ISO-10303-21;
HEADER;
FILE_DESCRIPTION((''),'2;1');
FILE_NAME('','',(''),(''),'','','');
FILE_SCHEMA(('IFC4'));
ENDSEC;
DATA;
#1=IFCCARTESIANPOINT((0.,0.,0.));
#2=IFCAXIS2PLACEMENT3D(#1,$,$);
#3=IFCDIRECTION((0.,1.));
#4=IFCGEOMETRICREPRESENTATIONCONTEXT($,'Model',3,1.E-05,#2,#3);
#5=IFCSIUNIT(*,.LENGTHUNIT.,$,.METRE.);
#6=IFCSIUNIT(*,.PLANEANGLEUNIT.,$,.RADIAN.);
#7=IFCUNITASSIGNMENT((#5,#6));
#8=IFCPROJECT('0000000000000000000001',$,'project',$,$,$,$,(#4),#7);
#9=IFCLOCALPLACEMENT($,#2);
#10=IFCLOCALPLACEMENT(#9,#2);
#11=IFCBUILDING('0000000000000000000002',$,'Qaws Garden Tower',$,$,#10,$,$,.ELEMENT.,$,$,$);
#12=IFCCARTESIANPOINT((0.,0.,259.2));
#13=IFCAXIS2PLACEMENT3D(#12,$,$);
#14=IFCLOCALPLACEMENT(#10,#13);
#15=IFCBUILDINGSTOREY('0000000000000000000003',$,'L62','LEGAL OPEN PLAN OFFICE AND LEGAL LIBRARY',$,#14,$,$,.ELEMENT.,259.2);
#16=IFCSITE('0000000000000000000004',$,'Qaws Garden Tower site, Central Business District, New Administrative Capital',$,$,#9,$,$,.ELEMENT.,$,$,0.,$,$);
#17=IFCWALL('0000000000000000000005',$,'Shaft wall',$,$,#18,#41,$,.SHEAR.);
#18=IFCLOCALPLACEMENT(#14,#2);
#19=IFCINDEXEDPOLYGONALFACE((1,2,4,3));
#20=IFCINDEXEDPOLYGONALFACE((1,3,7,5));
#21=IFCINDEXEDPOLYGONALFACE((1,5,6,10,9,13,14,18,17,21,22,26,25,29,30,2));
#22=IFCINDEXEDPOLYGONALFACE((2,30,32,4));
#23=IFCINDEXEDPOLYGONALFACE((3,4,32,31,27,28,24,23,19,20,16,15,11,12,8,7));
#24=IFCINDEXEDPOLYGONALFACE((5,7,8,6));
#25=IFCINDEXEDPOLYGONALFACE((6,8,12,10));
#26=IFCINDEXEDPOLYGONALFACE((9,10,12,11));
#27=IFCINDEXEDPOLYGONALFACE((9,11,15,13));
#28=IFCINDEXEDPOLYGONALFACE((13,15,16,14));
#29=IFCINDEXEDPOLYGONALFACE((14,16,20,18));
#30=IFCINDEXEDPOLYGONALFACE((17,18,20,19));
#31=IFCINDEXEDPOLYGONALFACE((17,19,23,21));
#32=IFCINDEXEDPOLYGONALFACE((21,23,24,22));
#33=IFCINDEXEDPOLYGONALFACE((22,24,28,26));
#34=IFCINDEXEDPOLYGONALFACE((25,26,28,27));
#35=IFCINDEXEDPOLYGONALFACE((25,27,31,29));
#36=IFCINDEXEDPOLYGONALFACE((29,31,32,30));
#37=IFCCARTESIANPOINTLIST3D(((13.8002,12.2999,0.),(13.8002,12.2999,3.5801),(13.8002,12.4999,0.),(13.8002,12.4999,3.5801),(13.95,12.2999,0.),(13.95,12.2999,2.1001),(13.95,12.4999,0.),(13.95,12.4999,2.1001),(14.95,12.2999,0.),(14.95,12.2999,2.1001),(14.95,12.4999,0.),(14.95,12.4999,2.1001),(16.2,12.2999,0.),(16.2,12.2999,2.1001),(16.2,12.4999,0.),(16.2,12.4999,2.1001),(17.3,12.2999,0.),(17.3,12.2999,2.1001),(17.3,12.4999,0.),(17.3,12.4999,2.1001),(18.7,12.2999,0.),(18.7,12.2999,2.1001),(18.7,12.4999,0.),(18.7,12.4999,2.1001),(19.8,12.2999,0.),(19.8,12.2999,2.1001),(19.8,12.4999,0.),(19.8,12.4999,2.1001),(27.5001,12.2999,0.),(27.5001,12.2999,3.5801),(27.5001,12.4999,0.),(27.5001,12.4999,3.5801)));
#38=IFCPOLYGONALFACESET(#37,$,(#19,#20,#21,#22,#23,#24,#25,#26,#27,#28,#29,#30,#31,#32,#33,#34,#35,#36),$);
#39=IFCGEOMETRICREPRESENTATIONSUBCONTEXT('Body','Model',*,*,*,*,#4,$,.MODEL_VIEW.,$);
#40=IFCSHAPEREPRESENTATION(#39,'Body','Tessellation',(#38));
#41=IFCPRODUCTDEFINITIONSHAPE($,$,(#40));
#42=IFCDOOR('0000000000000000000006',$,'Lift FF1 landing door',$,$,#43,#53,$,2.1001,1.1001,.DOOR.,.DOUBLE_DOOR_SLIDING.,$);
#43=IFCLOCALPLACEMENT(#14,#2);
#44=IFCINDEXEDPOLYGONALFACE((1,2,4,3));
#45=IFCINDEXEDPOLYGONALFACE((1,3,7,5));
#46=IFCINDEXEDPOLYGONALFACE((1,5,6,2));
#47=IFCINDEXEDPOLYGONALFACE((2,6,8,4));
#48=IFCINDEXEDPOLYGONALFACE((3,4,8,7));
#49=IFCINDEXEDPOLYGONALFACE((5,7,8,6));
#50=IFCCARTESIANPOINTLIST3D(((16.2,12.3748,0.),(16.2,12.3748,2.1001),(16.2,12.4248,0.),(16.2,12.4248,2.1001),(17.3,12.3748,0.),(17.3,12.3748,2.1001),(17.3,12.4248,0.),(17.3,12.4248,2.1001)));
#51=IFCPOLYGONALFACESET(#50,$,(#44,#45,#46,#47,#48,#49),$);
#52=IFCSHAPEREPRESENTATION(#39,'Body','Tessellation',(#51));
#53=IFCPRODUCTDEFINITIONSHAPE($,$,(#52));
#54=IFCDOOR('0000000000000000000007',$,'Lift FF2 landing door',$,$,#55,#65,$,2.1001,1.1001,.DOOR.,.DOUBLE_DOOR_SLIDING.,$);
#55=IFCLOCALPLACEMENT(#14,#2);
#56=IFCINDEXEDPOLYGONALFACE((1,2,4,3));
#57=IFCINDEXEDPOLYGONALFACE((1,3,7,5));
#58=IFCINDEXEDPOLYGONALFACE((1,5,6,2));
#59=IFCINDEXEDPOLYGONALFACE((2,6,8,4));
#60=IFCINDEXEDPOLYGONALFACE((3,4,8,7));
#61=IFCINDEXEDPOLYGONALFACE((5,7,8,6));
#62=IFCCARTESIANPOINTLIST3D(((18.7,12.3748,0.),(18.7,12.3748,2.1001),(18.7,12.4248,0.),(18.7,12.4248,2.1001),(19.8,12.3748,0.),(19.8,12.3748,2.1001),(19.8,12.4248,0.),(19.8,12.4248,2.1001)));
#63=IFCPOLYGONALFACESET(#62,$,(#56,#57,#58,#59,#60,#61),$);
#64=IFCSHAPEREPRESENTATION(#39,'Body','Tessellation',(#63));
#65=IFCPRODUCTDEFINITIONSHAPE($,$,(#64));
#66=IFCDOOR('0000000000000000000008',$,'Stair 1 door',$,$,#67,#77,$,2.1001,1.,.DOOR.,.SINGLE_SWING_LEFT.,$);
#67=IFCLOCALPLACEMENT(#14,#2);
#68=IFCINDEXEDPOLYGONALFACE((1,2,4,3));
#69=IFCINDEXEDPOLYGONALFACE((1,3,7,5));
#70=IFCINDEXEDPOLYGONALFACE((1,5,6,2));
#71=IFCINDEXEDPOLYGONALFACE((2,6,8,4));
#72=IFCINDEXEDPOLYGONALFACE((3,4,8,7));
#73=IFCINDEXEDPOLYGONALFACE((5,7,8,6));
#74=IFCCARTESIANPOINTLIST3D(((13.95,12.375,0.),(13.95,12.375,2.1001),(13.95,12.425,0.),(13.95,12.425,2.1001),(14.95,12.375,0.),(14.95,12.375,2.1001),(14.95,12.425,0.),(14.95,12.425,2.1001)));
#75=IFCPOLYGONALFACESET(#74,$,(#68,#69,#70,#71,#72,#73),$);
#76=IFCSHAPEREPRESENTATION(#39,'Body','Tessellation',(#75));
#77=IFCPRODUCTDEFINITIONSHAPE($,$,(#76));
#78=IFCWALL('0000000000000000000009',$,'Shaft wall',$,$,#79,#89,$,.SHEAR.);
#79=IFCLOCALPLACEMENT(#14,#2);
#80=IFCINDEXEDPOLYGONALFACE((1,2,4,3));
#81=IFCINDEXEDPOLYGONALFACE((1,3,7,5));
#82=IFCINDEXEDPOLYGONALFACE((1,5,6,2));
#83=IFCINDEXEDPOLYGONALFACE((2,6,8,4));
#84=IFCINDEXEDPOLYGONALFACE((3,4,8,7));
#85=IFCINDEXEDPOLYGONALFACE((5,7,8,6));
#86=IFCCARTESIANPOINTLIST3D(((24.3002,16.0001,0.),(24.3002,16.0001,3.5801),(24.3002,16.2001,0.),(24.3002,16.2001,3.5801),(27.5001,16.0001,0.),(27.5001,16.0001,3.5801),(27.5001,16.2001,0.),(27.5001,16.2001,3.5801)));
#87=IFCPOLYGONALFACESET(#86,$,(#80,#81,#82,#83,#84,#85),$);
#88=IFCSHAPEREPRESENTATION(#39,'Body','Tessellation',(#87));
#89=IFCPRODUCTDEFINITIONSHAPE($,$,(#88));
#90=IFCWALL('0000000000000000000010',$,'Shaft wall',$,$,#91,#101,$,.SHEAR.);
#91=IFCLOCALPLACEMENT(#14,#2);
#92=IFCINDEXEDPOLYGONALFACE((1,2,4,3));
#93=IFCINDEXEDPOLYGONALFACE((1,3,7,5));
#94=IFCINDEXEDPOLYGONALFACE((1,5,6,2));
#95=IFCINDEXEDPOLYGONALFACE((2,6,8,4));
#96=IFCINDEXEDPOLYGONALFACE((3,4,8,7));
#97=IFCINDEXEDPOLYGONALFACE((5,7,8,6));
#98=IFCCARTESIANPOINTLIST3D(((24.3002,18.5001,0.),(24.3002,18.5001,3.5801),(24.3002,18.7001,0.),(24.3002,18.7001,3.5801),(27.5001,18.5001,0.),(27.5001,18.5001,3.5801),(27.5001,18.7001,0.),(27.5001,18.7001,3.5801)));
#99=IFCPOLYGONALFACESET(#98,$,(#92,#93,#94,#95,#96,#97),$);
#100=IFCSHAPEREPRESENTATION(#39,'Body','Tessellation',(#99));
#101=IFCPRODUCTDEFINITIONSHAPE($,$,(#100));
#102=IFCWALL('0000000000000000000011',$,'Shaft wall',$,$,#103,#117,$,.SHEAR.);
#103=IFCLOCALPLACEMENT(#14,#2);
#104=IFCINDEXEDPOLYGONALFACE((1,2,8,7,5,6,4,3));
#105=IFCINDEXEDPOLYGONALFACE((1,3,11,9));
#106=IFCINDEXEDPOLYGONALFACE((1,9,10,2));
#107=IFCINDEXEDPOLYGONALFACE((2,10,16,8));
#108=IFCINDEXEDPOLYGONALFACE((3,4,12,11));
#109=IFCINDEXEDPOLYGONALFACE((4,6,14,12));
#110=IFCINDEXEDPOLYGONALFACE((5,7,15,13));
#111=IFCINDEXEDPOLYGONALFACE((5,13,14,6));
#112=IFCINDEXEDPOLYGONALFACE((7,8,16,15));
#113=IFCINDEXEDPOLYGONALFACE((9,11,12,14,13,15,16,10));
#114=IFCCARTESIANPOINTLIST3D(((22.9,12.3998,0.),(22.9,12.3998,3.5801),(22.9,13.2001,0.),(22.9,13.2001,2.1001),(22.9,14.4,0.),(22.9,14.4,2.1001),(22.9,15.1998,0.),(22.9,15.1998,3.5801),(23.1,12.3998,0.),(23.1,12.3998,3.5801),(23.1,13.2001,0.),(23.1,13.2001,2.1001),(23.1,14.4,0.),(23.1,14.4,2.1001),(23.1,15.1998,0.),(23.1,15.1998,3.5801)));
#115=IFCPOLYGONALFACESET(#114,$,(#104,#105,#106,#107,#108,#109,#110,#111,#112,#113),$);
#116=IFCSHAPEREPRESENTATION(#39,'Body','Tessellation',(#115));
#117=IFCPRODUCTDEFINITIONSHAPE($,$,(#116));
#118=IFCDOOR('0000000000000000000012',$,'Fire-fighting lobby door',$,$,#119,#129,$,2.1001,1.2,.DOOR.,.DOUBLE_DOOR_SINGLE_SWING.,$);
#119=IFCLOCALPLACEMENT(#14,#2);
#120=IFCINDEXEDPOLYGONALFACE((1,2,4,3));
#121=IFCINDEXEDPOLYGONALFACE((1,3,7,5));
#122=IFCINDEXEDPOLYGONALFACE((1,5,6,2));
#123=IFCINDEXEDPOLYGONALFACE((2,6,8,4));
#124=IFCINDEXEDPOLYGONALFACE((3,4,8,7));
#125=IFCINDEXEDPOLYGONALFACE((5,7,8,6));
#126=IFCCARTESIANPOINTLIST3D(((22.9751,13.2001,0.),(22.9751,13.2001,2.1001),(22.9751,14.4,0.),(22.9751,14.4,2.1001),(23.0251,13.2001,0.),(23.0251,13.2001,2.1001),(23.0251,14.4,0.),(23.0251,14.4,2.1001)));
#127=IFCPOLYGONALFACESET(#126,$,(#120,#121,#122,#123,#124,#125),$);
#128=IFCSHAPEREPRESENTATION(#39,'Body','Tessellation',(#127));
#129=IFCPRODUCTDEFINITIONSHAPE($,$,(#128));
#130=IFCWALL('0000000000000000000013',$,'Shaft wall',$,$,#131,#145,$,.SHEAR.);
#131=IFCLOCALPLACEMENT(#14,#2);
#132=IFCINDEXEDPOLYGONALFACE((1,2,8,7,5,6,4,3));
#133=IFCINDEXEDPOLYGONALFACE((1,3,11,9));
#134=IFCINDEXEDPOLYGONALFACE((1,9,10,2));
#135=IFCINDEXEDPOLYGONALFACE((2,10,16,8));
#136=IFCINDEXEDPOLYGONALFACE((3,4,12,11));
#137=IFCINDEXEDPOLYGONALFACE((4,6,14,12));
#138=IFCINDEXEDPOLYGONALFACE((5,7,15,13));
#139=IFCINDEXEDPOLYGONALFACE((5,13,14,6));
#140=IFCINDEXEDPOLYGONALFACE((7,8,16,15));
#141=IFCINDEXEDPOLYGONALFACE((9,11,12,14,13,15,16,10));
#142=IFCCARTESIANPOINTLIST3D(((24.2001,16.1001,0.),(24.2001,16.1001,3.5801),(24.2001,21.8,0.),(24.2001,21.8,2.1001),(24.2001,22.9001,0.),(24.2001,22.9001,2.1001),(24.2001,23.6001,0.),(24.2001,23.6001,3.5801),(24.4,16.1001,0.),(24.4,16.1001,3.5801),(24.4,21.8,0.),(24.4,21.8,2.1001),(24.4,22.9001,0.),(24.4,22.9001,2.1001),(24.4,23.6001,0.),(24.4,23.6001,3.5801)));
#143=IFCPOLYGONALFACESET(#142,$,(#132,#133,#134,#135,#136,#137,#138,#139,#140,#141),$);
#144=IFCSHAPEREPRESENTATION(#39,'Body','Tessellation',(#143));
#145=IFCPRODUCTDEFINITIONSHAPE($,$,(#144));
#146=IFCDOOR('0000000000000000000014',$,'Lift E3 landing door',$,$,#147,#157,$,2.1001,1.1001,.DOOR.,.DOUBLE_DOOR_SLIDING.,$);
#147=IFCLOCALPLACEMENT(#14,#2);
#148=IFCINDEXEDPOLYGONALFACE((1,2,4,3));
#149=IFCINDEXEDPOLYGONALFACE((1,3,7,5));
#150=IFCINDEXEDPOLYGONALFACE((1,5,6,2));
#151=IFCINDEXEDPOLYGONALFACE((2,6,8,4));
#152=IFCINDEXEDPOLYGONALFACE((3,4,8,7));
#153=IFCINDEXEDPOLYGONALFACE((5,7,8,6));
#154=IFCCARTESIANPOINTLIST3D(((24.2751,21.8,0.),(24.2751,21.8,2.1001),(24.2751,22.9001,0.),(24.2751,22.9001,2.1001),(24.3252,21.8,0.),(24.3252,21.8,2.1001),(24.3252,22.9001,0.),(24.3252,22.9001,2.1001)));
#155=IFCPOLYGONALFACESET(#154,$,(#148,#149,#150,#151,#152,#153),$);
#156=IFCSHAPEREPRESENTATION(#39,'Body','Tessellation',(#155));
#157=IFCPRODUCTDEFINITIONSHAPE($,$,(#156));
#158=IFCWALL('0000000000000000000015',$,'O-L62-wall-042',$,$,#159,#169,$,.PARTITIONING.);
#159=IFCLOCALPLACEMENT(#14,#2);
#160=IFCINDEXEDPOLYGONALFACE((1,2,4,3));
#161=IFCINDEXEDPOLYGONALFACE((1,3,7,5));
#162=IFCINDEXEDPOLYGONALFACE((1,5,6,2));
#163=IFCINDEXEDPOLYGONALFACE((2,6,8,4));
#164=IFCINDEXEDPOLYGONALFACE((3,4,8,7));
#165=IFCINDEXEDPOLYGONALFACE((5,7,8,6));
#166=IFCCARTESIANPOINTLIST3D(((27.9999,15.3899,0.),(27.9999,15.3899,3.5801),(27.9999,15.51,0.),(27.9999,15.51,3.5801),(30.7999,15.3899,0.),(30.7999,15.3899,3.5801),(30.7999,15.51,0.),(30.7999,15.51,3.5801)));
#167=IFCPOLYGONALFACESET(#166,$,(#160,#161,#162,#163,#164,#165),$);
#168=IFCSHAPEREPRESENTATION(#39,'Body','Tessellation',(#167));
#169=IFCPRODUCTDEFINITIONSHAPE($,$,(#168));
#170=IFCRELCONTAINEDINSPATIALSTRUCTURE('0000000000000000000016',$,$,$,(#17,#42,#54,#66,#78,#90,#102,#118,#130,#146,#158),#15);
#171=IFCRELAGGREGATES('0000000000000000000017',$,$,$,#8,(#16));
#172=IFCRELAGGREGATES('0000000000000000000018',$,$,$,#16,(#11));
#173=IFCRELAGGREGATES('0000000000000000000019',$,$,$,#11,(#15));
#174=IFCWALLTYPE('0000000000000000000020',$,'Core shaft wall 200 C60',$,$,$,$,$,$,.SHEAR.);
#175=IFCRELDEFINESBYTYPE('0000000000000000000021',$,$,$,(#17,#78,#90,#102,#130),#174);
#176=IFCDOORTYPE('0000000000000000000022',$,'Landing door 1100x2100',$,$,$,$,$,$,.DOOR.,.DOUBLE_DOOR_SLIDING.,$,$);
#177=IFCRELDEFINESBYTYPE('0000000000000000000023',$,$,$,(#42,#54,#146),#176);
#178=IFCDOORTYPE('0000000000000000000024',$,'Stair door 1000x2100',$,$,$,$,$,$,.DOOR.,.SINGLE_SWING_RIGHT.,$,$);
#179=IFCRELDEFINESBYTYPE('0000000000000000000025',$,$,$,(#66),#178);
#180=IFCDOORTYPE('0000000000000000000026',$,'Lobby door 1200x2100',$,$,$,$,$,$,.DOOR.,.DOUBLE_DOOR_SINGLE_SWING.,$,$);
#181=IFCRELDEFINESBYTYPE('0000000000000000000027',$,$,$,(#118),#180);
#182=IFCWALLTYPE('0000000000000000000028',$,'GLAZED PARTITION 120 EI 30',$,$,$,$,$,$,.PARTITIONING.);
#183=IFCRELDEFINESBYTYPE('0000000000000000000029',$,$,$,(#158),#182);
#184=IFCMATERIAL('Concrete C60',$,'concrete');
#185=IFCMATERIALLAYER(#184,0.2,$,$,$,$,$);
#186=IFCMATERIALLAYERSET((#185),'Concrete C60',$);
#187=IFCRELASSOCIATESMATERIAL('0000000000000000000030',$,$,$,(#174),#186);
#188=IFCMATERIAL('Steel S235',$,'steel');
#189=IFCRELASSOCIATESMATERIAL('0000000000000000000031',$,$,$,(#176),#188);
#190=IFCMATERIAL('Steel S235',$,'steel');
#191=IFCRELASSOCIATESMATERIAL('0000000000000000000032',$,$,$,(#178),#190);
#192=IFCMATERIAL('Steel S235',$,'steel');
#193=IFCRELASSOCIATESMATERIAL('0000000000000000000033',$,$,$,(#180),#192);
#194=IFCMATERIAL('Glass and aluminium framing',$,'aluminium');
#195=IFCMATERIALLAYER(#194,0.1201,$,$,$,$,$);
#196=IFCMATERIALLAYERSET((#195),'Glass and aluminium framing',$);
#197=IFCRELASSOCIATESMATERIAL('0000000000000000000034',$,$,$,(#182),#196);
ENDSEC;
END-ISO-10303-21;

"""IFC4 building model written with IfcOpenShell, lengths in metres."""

from ifc_helpers import new_model, si_unit, direction, frame, frame_2d, origin, place, context, subcontext, project, spatial, rectangle, extrude, material, layer, layer_set, type_object, element, fill, save


model = new_model("IFC4")

# Units and contexts
model_context = context("Model", 3, precision=1e-05, world=origin(), true_north=direction((0.0, 1.0)))
body_context = subcontext(model_context, "Body", "Model", "MODEL_VIEW")
ifc_project = project(units=[si_unit("LENGTHUNIT", "METRE"), si_unit("PLANEANGLEUNIT", "RADIAN")], contexts=[model_context])

# Site, building, storey
site_placement = place(None, origin())
site = spatial("IfcSite", under=ifc_project, at=site_placement, Name="Qaws Garden Tower site, Central Business District, New Administrative Capital", CompositionType="ELEMENT", RefElevation=0.0)
building_placement = place(site_placement, origin())
building = spatial("IfcBuilding", under=site, at=building_placement, Name="Qaws Garden Tower", CompositionType="ELEMENT")
storey_placement = place(building_placement, frame((0.0, 0.0, 259.2)))
storey = spatial("IfcBuildingStorey", under=building, at=storey_placement, Name="L62", Description="LEGAL OPEN PLAN OFFICE AND LEGAL LIBRARY", CompositionType="ELEMENT", Elevation=259.2)

# Wall, openings, doors
ifc_material_1 = material(Name="Concrete C60", Category="concrete")
ifc_layer_1 = layer(ifc_material_1, 0.2)
ifc_layer_set_1 = layer_set([ifc_layer_1], Name="Concrete C60")
wall_type_1 = type_object("IfcWallType", Name="Core shaft wall 200 C60", PredefinedType="SHEAR", material=ifc_layer_set_1)
wall_1_placement = place(storey_placement, frame((13.8, 12.3999, 0.0), z_axis=(0.0, 0.0, 1.0), x_axis=(1.0, 0.0, 0.0)))
wall_1 = element("IfcWall", 1, at=wall_1_placement, inside=storey, type_object=wall_type_1, Name="Shaft wall", PredefinedType="SHEAR", context=body_context, shape_type="SweptSolid", body=[
    extrude(rectangle(XDim=13.7, YDim=0.2, at=frame_2d((6.8501, 0.0))), origin(), (0.0, 0.0, 1.0), 3.5801),
])
opening_1_placement = place(wall_1_placement, frame((2.3999, 0.0, 0.0)))
opening_1 = element("IfcOpeningElement", 2, at=opening_1_placement, cuts=wall_1, PredefinedType="OPENING", context=body_context, shape_type="SweptSolid", body=[
    extrude(rectangle(XDim=1.1001, YDim=2.1001, at=frame_2d((0.55, 1.05))), frame((0.0, 0.1099, 0.0), z_axis=(0.0, -1.0, 0.0), x_axis=(1.0, 0.0, 0.0)), (0.0, 0.0, 1.0), 0.22),
])
opening_2_placement = place(wall_1_placement, frame((4.8999, 0.0, 0.0)))
opening_2 = element("IfcOpeningElement", 3, at=opening_2_placement, cuts=wall_1, PredefinedType="OPENING", context=body_context, shape_type="SweptSolid", body=[
    extrude(rectangle(XDim=1.1001, YDim=2.1001, at=frame_2d((0.55, 1.05))), frame((0.0, 0.1099, 0.0), z_axis=(0.0, -1.0, 0.0), x_axis=(1.0, 0.0, 0.0)), (0.0, 0.0, 1.0), 0.22),
])
opening_3_placement = place(wall_1_placement, frame((0.1499, 0.0, 0.0)))
opening_3 = element("IfcOpeningElement", 4, at=opening_3_placement, cuts=wall_1, PredefinedType="OPENING", context=body_context, shape_type="SweptSolid", body=[
    extrude(rectangle(XDim=1.0, YDim=2.1001, at=frame_2d((0.5, 1.05))), frame((0.0, 0.1099, 0.0), z_axis=(0.0, -1.0, 0.0), x_axis=(1.0, 0.0, 0.0)), (0.0, 0.0, 1.0), 0.22),
])
ifc_material_2 = material(Name="Steel S235", Category="steel")
door_type_1 = type_object("IfcDoorType", Name="Landing door 1100x2100", OperationType="DOUBLE_DOOR_SLIDING", PredefinedType="DOOR", material=ifc_material_2)
door_1_placement = place(opening_1_placement, origin())
door_1 = element("IfcDoor", 5, at=door_1_placement, inside=storey, type_object=door_type_1, Name="Lift FF1 landing door", OperationType="DOUBLE_DOOR_SLIDING", OverallHeight=2.1001, OverallWidth=1.1001, PredefinedType="DOOR", context=body_context, shape_type="SweptSolid", body=[
    extrude(rectangle(XDim=1.1001, YDim=2.1001, at=frame_2d((0.55, 1.05))), frame((0.0, 0.0249, 0.0), z_axis=(0.0, -1.0, 0.0), x_axis=(1.0, 0.0, 0.0)), (0.0, 0.0, 1.0), 0.05),
])
fill(opening_1, door_1)
door_2_placement = place(opening_2_placement, origin())
door_2 = element("IfcDoor", 6, at=door_2_placement, inside=storey, type_object=door_type_1, Name="Lift FF2 landing door", OperationType="DOUBLE_DOOR_SLIDING", OverallHeight=2.1001, OverallWidth=1.1001, PredefinedType="DOOR", context=body_context, shape_type="SweptSolid", body=[
    extrude(rectangle(XDim=1.1001, YDim=2.1001, at=frame_2d((0.55, 1.05))), frame((0.0, 0.0249, 0.0), z_axis=(0.0, -1.0, 0.0), x_axis=(1.0, 0.0, 0.0)), (0.0, 0.0, 1.0), 0.05),
])
fill(opening_2, door_2)
ifc_material_3 = material(Name="Steel S235", Category="steel")
door_type_2 = type_object("IfcDoorType", Name="Stair door 1000x2100", OperationType="SINGLE_SWING_RIGHT", PredefinedType="DOOR", material=ifc_material_3)
door_3_placement = place(opening_3_placement, frame((1.0, 0.0, 0.0), z_axis=(0.0, 0.0, 1.0), x_axis=(-1.0, 0.0, 0.0)))
door_3 = element("IfcDoor", 7, at=door_3_placement, inside=storey, type_object=door_type_2, Name="Stair 1 door", OperationType="SINGLE_SWING_LEFT", OverallHeight=2.1001, OverallWidth=1.0, PredefinedType="DOOR", context=body_context, shape_type="SweptSolid", body=[
    extrude(rectangle(XDim=1.0, YDim=2.1001, at=frame_2d((0.5, 1.05))), frame((0.0, 0.0249, 0.0), z_axis=(0.0, -1.0, 0.0), x_axis=(1.0, 0.0, 0.0)), (0.0, 0.0, 1.0), 0.05),
])
fill(opening_3, door_3)

# Walls
for number, where, z_axis, x_axis, name in (
    (8, (24.3, 16.1001, 0.0), (0.0, 0.0, 1.0), (1.0, 0.0, 0.0), "Shaft wall"),
    (9, (24.3, 18.6001, 0.0), (0.0, 0.0, 1.0), (1.0, 0.0, 0.0), "Shaft wall"),
):
    element("IfcWall", number, at=place(storey_placement, frame(where, z_axis=z_axis, x_axis=x_axis)), inside=storey, type_object=wall_type_1, Name=name, PredefinedType="SHEAR", context=body_context, shape_type="SweptSolid", body=[
        extrude(rectangle(XDim=3.2, YDim=0.2, at=frame_2d((1.6001, 0.0))), origin(), (0.0, 0.0, 1.0), 3.5801),
    ])

# Walls, openings, doors
wall_2_placement = place(storey_placement, frame((23.0, 12.3999, 0.0), z_axis=(0.0, 0.0, 1.0), x_axis=(0.0, 1.0, 0.0)))
wall_2 = element("IfcWall", 10, at=wall_2_placement, inside=storey, type_object=wall_type_1, Name="Shaft wall", PredefinedType="SHEAR", context=body_context, shape_type="SweptSolid", body=[
    extrude(rectangle(XDim=2.8, YDim=0.2, at=frame_2d((1.3999, 0.0))), origin(), (0.0, 0.0, 1.0), 3.5801),
])
opening_4_placement = place(wall_2_placement, frame((0.8, 0.0, 0.0)))
opening_4 = element("IfcOpeningElement", 11, at=opening_4_placement, cuts=wall_2, PredefinedType="OPENING", context=body_context, shape_type="SweptSolid", body=[
    extrude(rectangle(XDim=1.2, YDim=2.1001, at=frame_2d((0.6001, 1.05))), frame((0.0, 0.1099, 0.0), z_axis=(0.0, -1.0, 0.0), x_axis=(1.0, 0.0, 0.0)), (0.0, 0.0, 1.0), 0.22),
])
ifc_material_4 = material(Name="Steel S235", Category="steel")
door_type_3 = type_object("IfcDoorType", Name="Lobby door 1200x2100", OperationType="DOUBLE_DOOR_SINGLE_SWING", PredefinedType="DOOR", material=ifc_material_4)
door_4_placement = place(opening_4_placement, origin())
door_4 = element("IfcDoor", 12, at=door_4_placement, inside=storey, type_object=door_type_3, Name="Fire-fighting lobby door", OperationType="DOUBLE_DOOR_SINGLE_SWING", OverallHeight=2.1001, OverallWidth=1.2, PredefinedType="DOOR", context=body_context, shape_type="SweptSolid", body=[
    extrude(rectangle(XDim=1.2, YDim=2.1001, at=frame_2d((0.6001, 1.05))), frame((0.0, 0.0249, 0.0), z_axis=(0.0, -1.0, 0.0), x_axis=(1.0, 0.0, 0.0)), (0.0, 0.0, 1.0), 0.05),
])
fill(opening_4, door_4)
wall_3_placement = place(storey_placement, frame((24.3, 16.1001, 0.0), z_axis=(0.0, 0.0, 1.0), x_axis=(0.0, 1.0, 0.0)))
wall_3 = element("IfcWall", 13, at=wall_3_placement, inside=storey, type_object=wall_type_1, Name="Shaft wall", PredefinedType="SHEAR", context=body_context, shape_type="SweptSolid", body=[
    extrude(rectangle(XDim=7.5, YDim=0.2, at=frame_2d((3.75, 0.0))), origin(), (0.0, 0.0, 1.0), 3.5801),
])
opening_5_placement = place(wall_3_placement, frame((5.7, 0.0, 0.0)))
opening_5 = element("IfcOpeningElement", 14, at=opening_5_placement, cuts=wall_3, PredefinedType="OPENING", context=body_context, shape_type="SweptSolid", body=[
    extrude(rectangle(XDim=1.1001, YDim=2.1001, at=frame_2d((0.55, 1.05))), frame((0.0, 0.1099, 0.0), z_axis=(0.0, -1.0, 0.0), x_axis=(1.0, 0.0, 0.0)), (0.0, 0.0, 1.0), 0.22),
])
door_5_placement = place(opening_5_placement, origin())
door_5 = element("IfcDoor", 15, at=door_5_placement, inside=storey, type_object=door_type_1, Name="Lift E3 landing door", OperationType="DOUBLE_DOOR_SLIDING", OverallHeight=2.1001, OverallWidth=1.1001, PredefinedType="DOOR", context=body_context, shape_type="SweptSolid", body=[
    extrude(rectangle(XDim=1.1001, YDim=2.1001, at=frame_2d((0.55, 1.05))), frame((0.0, 0.0249, 0.0), z_axis=(0.0, -1.0, 0.0), x_axis=(1.0, 0.0, 0.0)), (0.0, 0.0, 1.0), 0.05),
])
fill(opening_5, door_5)

# Wall
ifc_material_5 = material(Name="Glass and aluminium framing", Category="aluminium")
ifc_layer_2 = layer(ifc_material_5, 0.1201)
ifc_layer_set_2 = layer_set([ifc_layer_2], Name="Glass and aluminium framing")
wall_type_2 = type_object("IfcWallType", Name="GLAZED PARTITION 120 EI 30", PredefinedType="PARTITIONING", material=ifc_layer_set_2)
wall_4_placement = place(storey_placement, frame((28.0, 15.45, 0.0), z_axis=(0.0, 0.0, 1.0), x_axis=(1.0, 0.0, 0.0)))
element("IfcWall", 16, at=wall_4_placement, inside=storey, type_object=wall_type_2, Name="O-L62-wall-042", PredefinedType="PARTITIONING", context=body_context, shape_type="SweptSolid", body=[
    extrude(rectangle(XDim=2.8, YDim=0.1201, at=frame_2d((1.3999, 0.0))), origin(), (0.0, 0.0, 1.0), 3.5801),
])

save(model, "model.ifc")
